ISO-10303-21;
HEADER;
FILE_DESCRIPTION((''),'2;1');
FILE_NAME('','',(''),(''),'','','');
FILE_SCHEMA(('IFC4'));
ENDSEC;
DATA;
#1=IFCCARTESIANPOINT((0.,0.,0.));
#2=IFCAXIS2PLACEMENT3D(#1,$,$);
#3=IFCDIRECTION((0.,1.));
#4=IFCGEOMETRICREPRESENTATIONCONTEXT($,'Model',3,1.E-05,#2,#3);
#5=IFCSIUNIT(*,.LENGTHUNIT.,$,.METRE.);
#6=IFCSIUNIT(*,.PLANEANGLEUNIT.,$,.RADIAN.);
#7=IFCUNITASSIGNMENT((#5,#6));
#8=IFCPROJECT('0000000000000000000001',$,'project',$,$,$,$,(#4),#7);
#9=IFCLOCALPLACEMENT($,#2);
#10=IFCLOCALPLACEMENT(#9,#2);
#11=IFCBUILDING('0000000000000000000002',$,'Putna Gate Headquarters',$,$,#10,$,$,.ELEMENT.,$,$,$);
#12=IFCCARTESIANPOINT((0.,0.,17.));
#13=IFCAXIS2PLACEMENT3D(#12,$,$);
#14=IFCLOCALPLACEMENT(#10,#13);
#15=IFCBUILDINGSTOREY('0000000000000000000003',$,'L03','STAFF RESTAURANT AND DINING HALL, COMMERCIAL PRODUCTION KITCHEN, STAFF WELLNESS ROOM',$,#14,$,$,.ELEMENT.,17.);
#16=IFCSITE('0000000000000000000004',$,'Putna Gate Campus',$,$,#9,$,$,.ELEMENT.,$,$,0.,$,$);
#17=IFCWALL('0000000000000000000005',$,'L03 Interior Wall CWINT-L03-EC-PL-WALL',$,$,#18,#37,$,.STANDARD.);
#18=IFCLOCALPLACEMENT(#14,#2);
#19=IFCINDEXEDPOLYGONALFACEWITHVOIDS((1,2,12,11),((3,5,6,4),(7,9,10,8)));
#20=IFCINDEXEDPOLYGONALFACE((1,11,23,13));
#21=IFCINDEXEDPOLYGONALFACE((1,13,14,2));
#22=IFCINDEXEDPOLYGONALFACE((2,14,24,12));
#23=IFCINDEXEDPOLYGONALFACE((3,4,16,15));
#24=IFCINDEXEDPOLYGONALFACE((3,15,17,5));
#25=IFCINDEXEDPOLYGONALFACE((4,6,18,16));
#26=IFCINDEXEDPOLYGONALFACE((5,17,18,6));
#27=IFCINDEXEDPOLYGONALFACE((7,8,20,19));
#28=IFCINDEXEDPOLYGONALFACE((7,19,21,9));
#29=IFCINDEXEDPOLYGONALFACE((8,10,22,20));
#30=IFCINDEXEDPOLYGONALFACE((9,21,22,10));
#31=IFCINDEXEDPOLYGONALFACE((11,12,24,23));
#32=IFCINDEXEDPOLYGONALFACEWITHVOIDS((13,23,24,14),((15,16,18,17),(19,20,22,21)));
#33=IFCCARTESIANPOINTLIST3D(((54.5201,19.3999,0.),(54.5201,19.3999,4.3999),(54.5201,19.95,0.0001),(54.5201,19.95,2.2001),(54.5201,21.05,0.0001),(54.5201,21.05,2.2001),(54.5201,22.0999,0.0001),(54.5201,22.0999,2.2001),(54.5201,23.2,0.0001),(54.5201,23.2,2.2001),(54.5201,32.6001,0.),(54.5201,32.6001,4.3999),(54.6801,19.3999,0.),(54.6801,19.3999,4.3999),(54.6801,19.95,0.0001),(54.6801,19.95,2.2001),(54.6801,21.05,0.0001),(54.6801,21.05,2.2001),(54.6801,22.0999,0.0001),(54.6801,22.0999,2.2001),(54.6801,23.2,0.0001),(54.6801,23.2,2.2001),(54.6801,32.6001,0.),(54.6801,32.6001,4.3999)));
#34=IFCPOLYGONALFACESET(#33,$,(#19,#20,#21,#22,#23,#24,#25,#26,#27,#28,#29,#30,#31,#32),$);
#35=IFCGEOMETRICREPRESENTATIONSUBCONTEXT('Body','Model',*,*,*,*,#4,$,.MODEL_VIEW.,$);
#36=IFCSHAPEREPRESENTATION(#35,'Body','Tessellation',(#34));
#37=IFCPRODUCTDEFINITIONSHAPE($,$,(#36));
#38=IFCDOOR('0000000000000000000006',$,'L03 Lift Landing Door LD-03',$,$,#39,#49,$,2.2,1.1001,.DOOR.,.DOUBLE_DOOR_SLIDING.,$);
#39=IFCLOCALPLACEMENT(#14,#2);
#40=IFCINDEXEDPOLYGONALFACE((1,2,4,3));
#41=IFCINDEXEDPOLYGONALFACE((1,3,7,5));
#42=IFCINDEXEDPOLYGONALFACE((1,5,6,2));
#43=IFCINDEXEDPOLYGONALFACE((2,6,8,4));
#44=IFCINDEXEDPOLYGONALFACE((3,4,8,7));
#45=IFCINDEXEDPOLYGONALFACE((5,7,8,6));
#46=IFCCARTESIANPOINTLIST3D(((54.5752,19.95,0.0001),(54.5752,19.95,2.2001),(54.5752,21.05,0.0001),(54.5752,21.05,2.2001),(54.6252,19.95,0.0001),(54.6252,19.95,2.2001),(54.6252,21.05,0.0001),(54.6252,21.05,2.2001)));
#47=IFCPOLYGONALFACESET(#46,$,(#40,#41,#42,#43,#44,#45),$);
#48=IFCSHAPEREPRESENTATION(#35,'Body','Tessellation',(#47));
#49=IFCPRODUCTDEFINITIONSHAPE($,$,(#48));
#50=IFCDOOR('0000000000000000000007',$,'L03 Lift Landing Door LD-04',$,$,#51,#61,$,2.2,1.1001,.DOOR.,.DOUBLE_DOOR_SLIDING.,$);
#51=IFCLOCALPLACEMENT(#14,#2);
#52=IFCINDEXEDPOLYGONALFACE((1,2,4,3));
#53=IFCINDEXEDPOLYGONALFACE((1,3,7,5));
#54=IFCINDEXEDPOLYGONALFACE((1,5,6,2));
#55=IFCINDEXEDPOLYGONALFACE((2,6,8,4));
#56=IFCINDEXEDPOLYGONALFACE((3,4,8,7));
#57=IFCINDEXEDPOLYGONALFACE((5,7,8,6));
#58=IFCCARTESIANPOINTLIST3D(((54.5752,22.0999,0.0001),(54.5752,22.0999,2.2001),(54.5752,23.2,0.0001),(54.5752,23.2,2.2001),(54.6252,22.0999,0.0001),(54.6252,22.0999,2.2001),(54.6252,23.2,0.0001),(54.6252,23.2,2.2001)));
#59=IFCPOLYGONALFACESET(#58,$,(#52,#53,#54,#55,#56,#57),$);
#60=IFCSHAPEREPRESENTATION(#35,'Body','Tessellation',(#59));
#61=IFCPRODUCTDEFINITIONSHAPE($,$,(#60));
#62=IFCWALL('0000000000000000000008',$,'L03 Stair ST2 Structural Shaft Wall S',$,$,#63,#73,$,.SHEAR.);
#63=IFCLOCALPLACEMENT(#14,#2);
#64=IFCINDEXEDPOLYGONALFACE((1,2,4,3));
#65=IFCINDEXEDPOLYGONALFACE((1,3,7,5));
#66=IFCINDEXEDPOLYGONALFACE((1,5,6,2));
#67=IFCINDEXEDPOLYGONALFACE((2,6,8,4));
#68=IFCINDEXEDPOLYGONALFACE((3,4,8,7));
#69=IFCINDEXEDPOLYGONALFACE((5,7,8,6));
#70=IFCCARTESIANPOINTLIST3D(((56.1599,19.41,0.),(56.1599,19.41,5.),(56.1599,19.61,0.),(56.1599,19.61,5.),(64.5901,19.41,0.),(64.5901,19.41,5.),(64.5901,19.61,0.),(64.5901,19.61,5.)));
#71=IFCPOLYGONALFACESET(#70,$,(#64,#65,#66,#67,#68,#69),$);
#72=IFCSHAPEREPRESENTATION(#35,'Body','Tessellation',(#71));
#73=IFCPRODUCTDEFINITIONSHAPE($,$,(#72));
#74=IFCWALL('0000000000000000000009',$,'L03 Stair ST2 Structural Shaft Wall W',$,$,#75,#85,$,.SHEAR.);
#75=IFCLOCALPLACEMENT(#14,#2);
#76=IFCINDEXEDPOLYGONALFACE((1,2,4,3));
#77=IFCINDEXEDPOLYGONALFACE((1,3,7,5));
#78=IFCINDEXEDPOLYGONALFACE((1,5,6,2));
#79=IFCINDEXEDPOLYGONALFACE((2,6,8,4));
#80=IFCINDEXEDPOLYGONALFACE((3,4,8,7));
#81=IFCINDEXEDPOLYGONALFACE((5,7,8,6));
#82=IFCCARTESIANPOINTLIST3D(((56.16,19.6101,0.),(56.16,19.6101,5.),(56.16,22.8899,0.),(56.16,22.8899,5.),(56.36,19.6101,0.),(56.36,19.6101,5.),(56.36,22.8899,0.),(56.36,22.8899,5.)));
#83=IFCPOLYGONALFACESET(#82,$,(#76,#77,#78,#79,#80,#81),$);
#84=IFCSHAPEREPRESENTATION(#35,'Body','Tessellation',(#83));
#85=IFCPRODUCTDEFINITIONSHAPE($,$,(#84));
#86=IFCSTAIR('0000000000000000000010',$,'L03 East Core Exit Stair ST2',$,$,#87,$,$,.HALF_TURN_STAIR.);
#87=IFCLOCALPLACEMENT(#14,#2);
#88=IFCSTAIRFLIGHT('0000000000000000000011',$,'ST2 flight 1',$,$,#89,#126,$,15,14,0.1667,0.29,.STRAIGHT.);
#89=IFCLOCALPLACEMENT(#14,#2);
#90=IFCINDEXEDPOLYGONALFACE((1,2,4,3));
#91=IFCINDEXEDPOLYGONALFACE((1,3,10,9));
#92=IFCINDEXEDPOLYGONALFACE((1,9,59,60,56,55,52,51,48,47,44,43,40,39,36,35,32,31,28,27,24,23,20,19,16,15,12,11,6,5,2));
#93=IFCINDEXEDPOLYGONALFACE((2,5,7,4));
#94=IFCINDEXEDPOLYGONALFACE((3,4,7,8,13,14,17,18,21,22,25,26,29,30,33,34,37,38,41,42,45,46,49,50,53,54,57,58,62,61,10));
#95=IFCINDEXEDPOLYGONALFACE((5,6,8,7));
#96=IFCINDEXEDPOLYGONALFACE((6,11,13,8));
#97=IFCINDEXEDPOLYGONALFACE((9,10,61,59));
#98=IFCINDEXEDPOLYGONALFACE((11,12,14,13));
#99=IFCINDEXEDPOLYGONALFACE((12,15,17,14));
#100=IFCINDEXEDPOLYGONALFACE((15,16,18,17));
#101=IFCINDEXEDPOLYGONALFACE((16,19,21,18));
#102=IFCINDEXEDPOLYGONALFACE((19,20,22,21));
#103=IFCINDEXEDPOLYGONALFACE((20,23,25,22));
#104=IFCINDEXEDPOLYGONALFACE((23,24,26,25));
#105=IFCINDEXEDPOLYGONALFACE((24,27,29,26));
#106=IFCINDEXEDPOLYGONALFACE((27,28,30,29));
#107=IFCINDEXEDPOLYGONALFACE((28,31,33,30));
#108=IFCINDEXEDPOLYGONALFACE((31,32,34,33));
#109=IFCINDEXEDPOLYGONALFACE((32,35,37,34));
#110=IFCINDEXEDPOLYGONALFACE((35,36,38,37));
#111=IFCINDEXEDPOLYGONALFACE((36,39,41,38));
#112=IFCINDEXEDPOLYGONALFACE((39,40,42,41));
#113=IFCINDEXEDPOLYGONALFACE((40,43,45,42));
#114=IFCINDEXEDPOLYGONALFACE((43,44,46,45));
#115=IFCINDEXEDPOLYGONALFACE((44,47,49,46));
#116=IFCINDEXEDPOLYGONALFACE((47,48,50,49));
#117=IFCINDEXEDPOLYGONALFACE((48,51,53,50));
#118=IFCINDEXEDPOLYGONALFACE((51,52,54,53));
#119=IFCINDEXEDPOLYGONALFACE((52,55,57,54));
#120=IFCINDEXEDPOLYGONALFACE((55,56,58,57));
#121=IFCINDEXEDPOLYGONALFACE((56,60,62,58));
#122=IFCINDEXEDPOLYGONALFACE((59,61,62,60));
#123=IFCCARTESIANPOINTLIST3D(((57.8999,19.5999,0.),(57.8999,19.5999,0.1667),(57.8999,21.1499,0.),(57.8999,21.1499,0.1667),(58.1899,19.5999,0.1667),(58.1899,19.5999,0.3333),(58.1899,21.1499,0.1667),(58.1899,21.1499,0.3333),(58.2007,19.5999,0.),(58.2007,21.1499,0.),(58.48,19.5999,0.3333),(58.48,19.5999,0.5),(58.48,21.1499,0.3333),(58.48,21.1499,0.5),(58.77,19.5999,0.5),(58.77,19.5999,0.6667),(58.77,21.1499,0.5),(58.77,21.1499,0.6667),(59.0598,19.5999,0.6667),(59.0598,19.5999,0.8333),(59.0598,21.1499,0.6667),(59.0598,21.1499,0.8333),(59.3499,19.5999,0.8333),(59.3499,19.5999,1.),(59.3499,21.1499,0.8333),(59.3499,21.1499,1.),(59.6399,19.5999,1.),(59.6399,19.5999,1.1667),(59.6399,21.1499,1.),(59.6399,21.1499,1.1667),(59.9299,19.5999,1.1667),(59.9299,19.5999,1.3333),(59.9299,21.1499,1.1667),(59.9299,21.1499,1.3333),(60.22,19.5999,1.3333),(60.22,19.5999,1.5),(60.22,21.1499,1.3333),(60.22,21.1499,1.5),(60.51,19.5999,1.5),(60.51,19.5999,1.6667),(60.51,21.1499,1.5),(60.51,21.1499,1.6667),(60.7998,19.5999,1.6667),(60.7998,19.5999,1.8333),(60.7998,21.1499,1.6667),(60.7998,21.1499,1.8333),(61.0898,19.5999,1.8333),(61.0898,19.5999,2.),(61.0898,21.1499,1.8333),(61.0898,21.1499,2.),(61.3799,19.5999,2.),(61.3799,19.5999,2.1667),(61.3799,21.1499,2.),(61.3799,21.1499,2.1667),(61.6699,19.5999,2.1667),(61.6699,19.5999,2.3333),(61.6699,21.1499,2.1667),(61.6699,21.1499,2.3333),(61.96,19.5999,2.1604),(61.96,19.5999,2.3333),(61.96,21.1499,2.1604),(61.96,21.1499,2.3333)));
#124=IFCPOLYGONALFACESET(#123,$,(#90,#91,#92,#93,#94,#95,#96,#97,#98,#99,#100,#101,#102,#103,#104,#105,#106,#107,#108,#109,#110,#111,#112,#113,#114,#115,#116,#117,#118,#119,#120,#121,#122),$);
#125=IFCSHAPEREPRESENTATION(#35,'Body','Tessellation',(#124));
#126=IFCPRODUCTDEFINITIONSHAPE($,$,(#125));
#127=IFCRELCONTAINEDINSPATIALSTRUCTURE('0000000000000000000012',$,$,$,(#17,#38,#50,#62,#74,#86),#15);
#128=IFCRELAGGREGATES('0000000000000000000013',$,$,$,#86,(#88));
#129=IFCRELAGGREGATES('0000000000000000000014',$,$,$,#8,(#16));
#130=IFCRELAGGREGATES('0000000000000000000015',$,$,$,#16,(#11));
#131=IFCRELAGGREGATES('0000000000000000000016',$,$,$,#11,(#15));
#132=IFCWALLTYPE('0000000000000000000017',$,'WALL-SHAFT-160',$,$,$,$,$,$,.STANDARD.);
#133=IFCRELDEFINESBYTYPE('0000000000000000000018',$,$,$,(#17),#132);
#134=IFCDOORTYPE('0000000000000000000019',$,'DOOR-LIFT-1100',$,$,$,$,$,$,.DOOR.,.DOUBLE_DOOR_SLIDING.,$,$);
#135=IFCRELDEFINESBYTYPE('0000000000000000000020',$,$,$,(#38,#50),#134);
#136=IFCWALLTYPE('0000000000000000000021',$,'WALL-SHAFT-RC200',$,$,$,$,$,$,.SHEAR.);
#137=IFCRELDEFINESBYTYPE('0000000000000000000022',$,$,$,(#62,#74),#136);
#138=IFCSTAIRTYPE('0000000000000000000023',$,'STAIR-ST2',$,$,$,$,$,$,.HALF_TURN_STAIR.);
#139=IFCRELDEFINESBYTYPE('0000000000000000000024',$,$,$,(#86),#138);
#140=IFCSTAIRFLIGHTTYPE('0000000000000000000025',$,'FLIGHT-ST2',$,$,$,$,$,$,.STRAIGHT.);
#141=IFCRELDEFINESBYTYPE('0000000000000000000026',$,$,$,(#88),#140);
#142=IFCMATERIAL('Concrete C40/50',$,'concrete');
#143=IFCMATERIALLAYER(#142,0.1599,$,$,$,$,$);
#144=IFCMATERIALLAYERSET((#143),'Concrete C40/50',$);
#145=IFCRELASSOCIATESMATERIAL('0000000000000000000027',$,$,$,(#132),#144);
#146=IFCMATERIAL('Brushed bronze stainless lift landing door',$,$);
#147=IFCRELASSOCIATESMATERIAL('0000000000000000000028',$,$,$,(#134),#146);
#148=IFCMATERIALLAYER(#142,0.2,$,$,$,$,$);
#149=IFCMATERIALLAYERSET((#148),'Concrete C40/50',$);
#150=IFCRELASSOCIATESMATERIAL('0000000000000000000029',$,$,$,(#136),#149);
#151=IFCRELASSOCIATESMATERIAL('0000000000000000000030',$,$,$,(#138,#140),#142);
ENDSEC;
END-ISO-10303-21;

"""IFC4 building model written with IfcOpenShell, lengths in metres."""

from ifc_helpers import new_model, si_unit, direction, frame, frame_2d, origin, place, context, subcontext, project, spatial, polyline, rectangle, outline, extrude, material, layer, layer_set, type_object, element, fill, aggregate, save


model = new_model("IFC4")

# Units and contexts
model_context = context("Model", 3, precision=1e-05, world=origin(), true_north=direction((0.0, 1.0)))
body_context = subcontext(model_context, "Body", "Model", "MODEL_VIEW")
ifc_project = project(units=[si_unit("LENGTHUNIT", "METRE"), si_unit("PLANEANGLEUNIT", "RADIAN")], contexts=[model_context])

# Site, building, storey
site_placement = place(None, origin())
site = spatial("IfcSite", under=ifc_project, at=site_placement, Name="Putna Gate Campus", CompositionType="ELEMENT", RefElevation=0.0)
building_placement = place(site_placement, origin())
building = spatial("IfcBuilding", under=site, at=building_placement, Name="Putna Gate Headquarters", CompositionType="ELEMENT")
storey_placement = place(building_placement, frame((0.0, 0.0, 17.0)))
storey = spatial("IfcBuildingStorey", under=building, at=storey_placement, Name="L03", Description="STAFF RESTAURANT AND DINING HALL, COMMERCIAL PRODUCTION KITCHEN, STAFF WELLNESS ROOM", CompositionType="ELEMENT", Elevation=17.0)

# Wall, openings, doors
ifc_material_1 = material(Name="Concrete C40/50", Category="concrete")
ifc_layer_1 = layer(ifc_material_1, 0.1599)
ifc_layer_set_1 = layer_set([ifc_layer_1], Name="Concrete C40/50")
wall_type_1 = type_object("IfcWallType", Name="WALL-SHAFT-160", PredefinedType="STANDARD", material=ifc_layer_set_1)
wall_1_placement = place(storey_placement, frame((54.6001, 19.3999, 0.0), z_axis=(0.0, 0.0, 1.0), x_axis=(0.0, 1.0, 0.0)))
wall_1 = element("IfcWall", 1, at=wall_1_placement, inside=storey, type_object=wall_type_1, Name="L03 Interior Wall CWINT-L03-EC-PL-WALL", PredefinedType="STANDARD", context=body_context, shape_type="SweptSolid", body=[
    extrude(rectangle(XDim=13.2002, YDim=0.1599, at=frame_2d((6.6001, 0.0))), origin(), (0.0, 0.0, 1.0), 4.3999),
])
opening_1_placement = place(wall_1_placement, frame((0.55, 0.0, 0.0)))
opening_1 = element("IfcOpeningElement", 2, at=opening_1_placement, cuts=wall_1, PredefinedType="OPENING", context=body_context, shape_type="SweptSolid", body=[
    extrude(rectangle(XDim=1.1001, YDim=2.2, at=frame_2d((0.55, 1.1001))), frame((0.0, 0.0898, 0.0), z_axis=(0.0, -1.0, 0.0), x_axis=(1.0, 0.0, 0.0)), (0.0, 0.0, 1.0), 0.1799),
])
opening_2_placement = place(wall_1_placement, frame((2.7, 0.0, 0.0)))
opening_2 = element("IfcOpeningElement", 3, at=opening_2_placement, cuts=wall_1, PredefinedType="OPENING", context=body_context, shape_type="SweptSolid", body=[
    extrude(rectangle(XDim=1.1001, YDim=2.2, at=frame_2d((0.55, 1.1001))), frame((0.0, 0.0898, 0.0), z_axis=(0.0, -1.0, 0.0), x_axis=(1.0, 0.0, 0.0)), (0.0, 0.0, 1.0), 0.1799),
])
ifc_material_2 = material(Name="Brushed bronze stainless lift landing door")
door_type_1 = type_object("IfcDoorType", Name="DOOR-LIFT-1100", OperationType="DOUBLE_DOOR_SLIDING", PredefinedType="DOOR", material=ifc_material_2)
door_1_placement = place(opening_1_placement, origin())
door_1 = element("IfcDoor", 4, at=door_1_placement, inside=storey, type_object=door_type_1, Name="L03 Lift Landing Door LD-03", OperationType="DOUBLE_DOOR_SLIDING", OverallHeight=2.2, OverallWidth=1.1001, PredefinedType="DOOR", context=body_context, shape_type="SweptSolid", body=[
    extrude(rectangle(XDim=1.1001, YDim=2.2, at=frame_2d((0.55, 1.1001))), frame((0.0, 0.0249, 0.0), z_axis=(0.0, -1.0, 0.0), x_axis=(1.0, 0.0, 0.0)), (0.0, 0.0, 1.0), 0.05),
])
fill(opening_1, door_1)
door_2_placement = place(opening_2_placement, origin())
door_2 = element("IfcDoor", 5, at=door_2_placement, inside=storey, type_object=door_type_1, Name="L03 Lift Landing Door LD-04", OperationType="DOUBLE_DOOR_SLIDING", OverallHeight=2.2, OverallWidth=1.1001, PredefinedType="DOOR", context=body_context, shape_type="SweptSolid", body=[
    extrude(rectangle(XDim=1.1001, YDim=2.2, at=frame_2d((0.55, 1.1001))), frame((0.0, 0.0249, 0.0), z_axis=(0.0, -1.0, 0.0), x_axis=(1.0, 0.0, 0.0)), (0.0, 0.0, 1.0), 0.05),
])
fill(opening_2, door_2)

# Walls
ifc_layer_2 = layer(ifc_material_1, 0.2)
ifc_layer_set_2 = layer_set([ifc_layer_2], Name="Concrete C40/50")
wall_type_2 = type_object("IfcWallType", Name="WALL-SHAFT-RC200", PredefinedType="SHEAR", material=ifc_layer_set_2)
wall_2_placement = place(storey_placement, frame((56.1599, 19.51, 0.0), z_axis=(0.0, 0.0, 1.0), x_axis=(1.0, 0.0, 0.0)))
element("IfcWall", 6, at=wall_2_placement, inside=storey, type_object=wall_type_2, Name="L03 Stair ST2 Structural Shaft Wall S", PredefinedType="SHEAR", context=body_context, shape_type="SweptSolid", body=[
    extrude(rectangle(XDim=8.4302, YDim=0.2, at=frame_2d((4.2151, 0.0))), origin(), (0.0, 0.0, 1.0), 5.0),
])
wall_3_placement = place(storey_placement, frame((56.26, 19.6101, 0.0), z_axis=(0.0, 0.0, 1.0), x_axis=(0.0, 1.0, 0.0)))
element("IfcWall", 7, at=wall_3_placement, inside=storey, type_object=wall_type_2, Name="L03 Stair ST2 Structural Shaft Wall W", PredefinedType="SHEAR", context=body_context, shape_type="SweptSolid", body=[
    extrude(rectangle(XDim=3.2798, YDim=0.2, at=frame_2d((1.6399, 0.0))), origin(), (0.0, 0.0, 1.0), 5.0),
])

# Stair, stair flight
stair_type = type_object("IfcStairType", Name="STAIR-ST2", PredefinedType="HALF_TURN_STAIR", material=ifc_material_1)
stair_placement = place(storey_placement, origin())
stair = element("IfcStair", 8, at=stair_placement, inside=storey, type_object=stair_type, Name="L03 East Core Exit Stair ST2", PredefinedType="HALF_TURN_STAIR")
stair_flight_type = type_object("IfcStairFlightType", Name="FLIGHT-ST2", PredefinedType="STRAIGHT", material=ifc_material_1)
stair_flight_placement = place(storey_placement, frame((57.8999, 20.375, 0.0), z_axis=(0.0, 0.0, 1.0), x_axis=(1.0, 0.0, 0.0)))
stair_flight = element("IfcStairFlight", 9, at=stair_flight_placement, type_object=stair_flight_type, Name="ST2 flight 1", NumberOfRisers=15, NumberOfTreads=14, PredefinedType="STRAIGHT", RiserHeight=0.1667, TreadLength=0.29, context=body_context, shape_type="SweptSolid", body=[
    extrude(outline(polyline([(0.0, 0.0), (0.0, 0.1667), (0.29, 0.1667), (0.29, 0.3333), (0.5801, 0.3333), (0.5801, 0.5), (0.8701, 0.5), (0.8701, 0.6667), (1.1599, 0.6667), (1.1599, 0.8333), (1.45, 0.8333), (1.45, 1.0), (1.74, 1.0), (1.74, 1.1667), (2.03, 1.1667), (2.03, 1.3333), (2.3201, 1.3333), (2.3201, 1.5), (2.6101, 1.5), (2.6101, 1.6667), (2.8999, 1.6667), (2.8999, 1.8333), (3.1899, 1.8333), (3.1899, 2.0), (3.48, 2.0), (3.48, 2.1667), (3.77, 2.1667), (3.77, 2.3333), (4.0601, 2.3333), (4.0601, 2.5), (4.0601, 2.1604), (0.3008, 0.0), (0.0, 0.0)])), frame((0.0, 0.7749, 0.0), z_axis=(0.0, -1.0, 0.0), x_axis=(1.0, 0.0, 0.0)), (0.0, 0.0, 1.0), 1.55),
])
aggregate(stair, [stair_flight])

save(model, "model.ifc")
